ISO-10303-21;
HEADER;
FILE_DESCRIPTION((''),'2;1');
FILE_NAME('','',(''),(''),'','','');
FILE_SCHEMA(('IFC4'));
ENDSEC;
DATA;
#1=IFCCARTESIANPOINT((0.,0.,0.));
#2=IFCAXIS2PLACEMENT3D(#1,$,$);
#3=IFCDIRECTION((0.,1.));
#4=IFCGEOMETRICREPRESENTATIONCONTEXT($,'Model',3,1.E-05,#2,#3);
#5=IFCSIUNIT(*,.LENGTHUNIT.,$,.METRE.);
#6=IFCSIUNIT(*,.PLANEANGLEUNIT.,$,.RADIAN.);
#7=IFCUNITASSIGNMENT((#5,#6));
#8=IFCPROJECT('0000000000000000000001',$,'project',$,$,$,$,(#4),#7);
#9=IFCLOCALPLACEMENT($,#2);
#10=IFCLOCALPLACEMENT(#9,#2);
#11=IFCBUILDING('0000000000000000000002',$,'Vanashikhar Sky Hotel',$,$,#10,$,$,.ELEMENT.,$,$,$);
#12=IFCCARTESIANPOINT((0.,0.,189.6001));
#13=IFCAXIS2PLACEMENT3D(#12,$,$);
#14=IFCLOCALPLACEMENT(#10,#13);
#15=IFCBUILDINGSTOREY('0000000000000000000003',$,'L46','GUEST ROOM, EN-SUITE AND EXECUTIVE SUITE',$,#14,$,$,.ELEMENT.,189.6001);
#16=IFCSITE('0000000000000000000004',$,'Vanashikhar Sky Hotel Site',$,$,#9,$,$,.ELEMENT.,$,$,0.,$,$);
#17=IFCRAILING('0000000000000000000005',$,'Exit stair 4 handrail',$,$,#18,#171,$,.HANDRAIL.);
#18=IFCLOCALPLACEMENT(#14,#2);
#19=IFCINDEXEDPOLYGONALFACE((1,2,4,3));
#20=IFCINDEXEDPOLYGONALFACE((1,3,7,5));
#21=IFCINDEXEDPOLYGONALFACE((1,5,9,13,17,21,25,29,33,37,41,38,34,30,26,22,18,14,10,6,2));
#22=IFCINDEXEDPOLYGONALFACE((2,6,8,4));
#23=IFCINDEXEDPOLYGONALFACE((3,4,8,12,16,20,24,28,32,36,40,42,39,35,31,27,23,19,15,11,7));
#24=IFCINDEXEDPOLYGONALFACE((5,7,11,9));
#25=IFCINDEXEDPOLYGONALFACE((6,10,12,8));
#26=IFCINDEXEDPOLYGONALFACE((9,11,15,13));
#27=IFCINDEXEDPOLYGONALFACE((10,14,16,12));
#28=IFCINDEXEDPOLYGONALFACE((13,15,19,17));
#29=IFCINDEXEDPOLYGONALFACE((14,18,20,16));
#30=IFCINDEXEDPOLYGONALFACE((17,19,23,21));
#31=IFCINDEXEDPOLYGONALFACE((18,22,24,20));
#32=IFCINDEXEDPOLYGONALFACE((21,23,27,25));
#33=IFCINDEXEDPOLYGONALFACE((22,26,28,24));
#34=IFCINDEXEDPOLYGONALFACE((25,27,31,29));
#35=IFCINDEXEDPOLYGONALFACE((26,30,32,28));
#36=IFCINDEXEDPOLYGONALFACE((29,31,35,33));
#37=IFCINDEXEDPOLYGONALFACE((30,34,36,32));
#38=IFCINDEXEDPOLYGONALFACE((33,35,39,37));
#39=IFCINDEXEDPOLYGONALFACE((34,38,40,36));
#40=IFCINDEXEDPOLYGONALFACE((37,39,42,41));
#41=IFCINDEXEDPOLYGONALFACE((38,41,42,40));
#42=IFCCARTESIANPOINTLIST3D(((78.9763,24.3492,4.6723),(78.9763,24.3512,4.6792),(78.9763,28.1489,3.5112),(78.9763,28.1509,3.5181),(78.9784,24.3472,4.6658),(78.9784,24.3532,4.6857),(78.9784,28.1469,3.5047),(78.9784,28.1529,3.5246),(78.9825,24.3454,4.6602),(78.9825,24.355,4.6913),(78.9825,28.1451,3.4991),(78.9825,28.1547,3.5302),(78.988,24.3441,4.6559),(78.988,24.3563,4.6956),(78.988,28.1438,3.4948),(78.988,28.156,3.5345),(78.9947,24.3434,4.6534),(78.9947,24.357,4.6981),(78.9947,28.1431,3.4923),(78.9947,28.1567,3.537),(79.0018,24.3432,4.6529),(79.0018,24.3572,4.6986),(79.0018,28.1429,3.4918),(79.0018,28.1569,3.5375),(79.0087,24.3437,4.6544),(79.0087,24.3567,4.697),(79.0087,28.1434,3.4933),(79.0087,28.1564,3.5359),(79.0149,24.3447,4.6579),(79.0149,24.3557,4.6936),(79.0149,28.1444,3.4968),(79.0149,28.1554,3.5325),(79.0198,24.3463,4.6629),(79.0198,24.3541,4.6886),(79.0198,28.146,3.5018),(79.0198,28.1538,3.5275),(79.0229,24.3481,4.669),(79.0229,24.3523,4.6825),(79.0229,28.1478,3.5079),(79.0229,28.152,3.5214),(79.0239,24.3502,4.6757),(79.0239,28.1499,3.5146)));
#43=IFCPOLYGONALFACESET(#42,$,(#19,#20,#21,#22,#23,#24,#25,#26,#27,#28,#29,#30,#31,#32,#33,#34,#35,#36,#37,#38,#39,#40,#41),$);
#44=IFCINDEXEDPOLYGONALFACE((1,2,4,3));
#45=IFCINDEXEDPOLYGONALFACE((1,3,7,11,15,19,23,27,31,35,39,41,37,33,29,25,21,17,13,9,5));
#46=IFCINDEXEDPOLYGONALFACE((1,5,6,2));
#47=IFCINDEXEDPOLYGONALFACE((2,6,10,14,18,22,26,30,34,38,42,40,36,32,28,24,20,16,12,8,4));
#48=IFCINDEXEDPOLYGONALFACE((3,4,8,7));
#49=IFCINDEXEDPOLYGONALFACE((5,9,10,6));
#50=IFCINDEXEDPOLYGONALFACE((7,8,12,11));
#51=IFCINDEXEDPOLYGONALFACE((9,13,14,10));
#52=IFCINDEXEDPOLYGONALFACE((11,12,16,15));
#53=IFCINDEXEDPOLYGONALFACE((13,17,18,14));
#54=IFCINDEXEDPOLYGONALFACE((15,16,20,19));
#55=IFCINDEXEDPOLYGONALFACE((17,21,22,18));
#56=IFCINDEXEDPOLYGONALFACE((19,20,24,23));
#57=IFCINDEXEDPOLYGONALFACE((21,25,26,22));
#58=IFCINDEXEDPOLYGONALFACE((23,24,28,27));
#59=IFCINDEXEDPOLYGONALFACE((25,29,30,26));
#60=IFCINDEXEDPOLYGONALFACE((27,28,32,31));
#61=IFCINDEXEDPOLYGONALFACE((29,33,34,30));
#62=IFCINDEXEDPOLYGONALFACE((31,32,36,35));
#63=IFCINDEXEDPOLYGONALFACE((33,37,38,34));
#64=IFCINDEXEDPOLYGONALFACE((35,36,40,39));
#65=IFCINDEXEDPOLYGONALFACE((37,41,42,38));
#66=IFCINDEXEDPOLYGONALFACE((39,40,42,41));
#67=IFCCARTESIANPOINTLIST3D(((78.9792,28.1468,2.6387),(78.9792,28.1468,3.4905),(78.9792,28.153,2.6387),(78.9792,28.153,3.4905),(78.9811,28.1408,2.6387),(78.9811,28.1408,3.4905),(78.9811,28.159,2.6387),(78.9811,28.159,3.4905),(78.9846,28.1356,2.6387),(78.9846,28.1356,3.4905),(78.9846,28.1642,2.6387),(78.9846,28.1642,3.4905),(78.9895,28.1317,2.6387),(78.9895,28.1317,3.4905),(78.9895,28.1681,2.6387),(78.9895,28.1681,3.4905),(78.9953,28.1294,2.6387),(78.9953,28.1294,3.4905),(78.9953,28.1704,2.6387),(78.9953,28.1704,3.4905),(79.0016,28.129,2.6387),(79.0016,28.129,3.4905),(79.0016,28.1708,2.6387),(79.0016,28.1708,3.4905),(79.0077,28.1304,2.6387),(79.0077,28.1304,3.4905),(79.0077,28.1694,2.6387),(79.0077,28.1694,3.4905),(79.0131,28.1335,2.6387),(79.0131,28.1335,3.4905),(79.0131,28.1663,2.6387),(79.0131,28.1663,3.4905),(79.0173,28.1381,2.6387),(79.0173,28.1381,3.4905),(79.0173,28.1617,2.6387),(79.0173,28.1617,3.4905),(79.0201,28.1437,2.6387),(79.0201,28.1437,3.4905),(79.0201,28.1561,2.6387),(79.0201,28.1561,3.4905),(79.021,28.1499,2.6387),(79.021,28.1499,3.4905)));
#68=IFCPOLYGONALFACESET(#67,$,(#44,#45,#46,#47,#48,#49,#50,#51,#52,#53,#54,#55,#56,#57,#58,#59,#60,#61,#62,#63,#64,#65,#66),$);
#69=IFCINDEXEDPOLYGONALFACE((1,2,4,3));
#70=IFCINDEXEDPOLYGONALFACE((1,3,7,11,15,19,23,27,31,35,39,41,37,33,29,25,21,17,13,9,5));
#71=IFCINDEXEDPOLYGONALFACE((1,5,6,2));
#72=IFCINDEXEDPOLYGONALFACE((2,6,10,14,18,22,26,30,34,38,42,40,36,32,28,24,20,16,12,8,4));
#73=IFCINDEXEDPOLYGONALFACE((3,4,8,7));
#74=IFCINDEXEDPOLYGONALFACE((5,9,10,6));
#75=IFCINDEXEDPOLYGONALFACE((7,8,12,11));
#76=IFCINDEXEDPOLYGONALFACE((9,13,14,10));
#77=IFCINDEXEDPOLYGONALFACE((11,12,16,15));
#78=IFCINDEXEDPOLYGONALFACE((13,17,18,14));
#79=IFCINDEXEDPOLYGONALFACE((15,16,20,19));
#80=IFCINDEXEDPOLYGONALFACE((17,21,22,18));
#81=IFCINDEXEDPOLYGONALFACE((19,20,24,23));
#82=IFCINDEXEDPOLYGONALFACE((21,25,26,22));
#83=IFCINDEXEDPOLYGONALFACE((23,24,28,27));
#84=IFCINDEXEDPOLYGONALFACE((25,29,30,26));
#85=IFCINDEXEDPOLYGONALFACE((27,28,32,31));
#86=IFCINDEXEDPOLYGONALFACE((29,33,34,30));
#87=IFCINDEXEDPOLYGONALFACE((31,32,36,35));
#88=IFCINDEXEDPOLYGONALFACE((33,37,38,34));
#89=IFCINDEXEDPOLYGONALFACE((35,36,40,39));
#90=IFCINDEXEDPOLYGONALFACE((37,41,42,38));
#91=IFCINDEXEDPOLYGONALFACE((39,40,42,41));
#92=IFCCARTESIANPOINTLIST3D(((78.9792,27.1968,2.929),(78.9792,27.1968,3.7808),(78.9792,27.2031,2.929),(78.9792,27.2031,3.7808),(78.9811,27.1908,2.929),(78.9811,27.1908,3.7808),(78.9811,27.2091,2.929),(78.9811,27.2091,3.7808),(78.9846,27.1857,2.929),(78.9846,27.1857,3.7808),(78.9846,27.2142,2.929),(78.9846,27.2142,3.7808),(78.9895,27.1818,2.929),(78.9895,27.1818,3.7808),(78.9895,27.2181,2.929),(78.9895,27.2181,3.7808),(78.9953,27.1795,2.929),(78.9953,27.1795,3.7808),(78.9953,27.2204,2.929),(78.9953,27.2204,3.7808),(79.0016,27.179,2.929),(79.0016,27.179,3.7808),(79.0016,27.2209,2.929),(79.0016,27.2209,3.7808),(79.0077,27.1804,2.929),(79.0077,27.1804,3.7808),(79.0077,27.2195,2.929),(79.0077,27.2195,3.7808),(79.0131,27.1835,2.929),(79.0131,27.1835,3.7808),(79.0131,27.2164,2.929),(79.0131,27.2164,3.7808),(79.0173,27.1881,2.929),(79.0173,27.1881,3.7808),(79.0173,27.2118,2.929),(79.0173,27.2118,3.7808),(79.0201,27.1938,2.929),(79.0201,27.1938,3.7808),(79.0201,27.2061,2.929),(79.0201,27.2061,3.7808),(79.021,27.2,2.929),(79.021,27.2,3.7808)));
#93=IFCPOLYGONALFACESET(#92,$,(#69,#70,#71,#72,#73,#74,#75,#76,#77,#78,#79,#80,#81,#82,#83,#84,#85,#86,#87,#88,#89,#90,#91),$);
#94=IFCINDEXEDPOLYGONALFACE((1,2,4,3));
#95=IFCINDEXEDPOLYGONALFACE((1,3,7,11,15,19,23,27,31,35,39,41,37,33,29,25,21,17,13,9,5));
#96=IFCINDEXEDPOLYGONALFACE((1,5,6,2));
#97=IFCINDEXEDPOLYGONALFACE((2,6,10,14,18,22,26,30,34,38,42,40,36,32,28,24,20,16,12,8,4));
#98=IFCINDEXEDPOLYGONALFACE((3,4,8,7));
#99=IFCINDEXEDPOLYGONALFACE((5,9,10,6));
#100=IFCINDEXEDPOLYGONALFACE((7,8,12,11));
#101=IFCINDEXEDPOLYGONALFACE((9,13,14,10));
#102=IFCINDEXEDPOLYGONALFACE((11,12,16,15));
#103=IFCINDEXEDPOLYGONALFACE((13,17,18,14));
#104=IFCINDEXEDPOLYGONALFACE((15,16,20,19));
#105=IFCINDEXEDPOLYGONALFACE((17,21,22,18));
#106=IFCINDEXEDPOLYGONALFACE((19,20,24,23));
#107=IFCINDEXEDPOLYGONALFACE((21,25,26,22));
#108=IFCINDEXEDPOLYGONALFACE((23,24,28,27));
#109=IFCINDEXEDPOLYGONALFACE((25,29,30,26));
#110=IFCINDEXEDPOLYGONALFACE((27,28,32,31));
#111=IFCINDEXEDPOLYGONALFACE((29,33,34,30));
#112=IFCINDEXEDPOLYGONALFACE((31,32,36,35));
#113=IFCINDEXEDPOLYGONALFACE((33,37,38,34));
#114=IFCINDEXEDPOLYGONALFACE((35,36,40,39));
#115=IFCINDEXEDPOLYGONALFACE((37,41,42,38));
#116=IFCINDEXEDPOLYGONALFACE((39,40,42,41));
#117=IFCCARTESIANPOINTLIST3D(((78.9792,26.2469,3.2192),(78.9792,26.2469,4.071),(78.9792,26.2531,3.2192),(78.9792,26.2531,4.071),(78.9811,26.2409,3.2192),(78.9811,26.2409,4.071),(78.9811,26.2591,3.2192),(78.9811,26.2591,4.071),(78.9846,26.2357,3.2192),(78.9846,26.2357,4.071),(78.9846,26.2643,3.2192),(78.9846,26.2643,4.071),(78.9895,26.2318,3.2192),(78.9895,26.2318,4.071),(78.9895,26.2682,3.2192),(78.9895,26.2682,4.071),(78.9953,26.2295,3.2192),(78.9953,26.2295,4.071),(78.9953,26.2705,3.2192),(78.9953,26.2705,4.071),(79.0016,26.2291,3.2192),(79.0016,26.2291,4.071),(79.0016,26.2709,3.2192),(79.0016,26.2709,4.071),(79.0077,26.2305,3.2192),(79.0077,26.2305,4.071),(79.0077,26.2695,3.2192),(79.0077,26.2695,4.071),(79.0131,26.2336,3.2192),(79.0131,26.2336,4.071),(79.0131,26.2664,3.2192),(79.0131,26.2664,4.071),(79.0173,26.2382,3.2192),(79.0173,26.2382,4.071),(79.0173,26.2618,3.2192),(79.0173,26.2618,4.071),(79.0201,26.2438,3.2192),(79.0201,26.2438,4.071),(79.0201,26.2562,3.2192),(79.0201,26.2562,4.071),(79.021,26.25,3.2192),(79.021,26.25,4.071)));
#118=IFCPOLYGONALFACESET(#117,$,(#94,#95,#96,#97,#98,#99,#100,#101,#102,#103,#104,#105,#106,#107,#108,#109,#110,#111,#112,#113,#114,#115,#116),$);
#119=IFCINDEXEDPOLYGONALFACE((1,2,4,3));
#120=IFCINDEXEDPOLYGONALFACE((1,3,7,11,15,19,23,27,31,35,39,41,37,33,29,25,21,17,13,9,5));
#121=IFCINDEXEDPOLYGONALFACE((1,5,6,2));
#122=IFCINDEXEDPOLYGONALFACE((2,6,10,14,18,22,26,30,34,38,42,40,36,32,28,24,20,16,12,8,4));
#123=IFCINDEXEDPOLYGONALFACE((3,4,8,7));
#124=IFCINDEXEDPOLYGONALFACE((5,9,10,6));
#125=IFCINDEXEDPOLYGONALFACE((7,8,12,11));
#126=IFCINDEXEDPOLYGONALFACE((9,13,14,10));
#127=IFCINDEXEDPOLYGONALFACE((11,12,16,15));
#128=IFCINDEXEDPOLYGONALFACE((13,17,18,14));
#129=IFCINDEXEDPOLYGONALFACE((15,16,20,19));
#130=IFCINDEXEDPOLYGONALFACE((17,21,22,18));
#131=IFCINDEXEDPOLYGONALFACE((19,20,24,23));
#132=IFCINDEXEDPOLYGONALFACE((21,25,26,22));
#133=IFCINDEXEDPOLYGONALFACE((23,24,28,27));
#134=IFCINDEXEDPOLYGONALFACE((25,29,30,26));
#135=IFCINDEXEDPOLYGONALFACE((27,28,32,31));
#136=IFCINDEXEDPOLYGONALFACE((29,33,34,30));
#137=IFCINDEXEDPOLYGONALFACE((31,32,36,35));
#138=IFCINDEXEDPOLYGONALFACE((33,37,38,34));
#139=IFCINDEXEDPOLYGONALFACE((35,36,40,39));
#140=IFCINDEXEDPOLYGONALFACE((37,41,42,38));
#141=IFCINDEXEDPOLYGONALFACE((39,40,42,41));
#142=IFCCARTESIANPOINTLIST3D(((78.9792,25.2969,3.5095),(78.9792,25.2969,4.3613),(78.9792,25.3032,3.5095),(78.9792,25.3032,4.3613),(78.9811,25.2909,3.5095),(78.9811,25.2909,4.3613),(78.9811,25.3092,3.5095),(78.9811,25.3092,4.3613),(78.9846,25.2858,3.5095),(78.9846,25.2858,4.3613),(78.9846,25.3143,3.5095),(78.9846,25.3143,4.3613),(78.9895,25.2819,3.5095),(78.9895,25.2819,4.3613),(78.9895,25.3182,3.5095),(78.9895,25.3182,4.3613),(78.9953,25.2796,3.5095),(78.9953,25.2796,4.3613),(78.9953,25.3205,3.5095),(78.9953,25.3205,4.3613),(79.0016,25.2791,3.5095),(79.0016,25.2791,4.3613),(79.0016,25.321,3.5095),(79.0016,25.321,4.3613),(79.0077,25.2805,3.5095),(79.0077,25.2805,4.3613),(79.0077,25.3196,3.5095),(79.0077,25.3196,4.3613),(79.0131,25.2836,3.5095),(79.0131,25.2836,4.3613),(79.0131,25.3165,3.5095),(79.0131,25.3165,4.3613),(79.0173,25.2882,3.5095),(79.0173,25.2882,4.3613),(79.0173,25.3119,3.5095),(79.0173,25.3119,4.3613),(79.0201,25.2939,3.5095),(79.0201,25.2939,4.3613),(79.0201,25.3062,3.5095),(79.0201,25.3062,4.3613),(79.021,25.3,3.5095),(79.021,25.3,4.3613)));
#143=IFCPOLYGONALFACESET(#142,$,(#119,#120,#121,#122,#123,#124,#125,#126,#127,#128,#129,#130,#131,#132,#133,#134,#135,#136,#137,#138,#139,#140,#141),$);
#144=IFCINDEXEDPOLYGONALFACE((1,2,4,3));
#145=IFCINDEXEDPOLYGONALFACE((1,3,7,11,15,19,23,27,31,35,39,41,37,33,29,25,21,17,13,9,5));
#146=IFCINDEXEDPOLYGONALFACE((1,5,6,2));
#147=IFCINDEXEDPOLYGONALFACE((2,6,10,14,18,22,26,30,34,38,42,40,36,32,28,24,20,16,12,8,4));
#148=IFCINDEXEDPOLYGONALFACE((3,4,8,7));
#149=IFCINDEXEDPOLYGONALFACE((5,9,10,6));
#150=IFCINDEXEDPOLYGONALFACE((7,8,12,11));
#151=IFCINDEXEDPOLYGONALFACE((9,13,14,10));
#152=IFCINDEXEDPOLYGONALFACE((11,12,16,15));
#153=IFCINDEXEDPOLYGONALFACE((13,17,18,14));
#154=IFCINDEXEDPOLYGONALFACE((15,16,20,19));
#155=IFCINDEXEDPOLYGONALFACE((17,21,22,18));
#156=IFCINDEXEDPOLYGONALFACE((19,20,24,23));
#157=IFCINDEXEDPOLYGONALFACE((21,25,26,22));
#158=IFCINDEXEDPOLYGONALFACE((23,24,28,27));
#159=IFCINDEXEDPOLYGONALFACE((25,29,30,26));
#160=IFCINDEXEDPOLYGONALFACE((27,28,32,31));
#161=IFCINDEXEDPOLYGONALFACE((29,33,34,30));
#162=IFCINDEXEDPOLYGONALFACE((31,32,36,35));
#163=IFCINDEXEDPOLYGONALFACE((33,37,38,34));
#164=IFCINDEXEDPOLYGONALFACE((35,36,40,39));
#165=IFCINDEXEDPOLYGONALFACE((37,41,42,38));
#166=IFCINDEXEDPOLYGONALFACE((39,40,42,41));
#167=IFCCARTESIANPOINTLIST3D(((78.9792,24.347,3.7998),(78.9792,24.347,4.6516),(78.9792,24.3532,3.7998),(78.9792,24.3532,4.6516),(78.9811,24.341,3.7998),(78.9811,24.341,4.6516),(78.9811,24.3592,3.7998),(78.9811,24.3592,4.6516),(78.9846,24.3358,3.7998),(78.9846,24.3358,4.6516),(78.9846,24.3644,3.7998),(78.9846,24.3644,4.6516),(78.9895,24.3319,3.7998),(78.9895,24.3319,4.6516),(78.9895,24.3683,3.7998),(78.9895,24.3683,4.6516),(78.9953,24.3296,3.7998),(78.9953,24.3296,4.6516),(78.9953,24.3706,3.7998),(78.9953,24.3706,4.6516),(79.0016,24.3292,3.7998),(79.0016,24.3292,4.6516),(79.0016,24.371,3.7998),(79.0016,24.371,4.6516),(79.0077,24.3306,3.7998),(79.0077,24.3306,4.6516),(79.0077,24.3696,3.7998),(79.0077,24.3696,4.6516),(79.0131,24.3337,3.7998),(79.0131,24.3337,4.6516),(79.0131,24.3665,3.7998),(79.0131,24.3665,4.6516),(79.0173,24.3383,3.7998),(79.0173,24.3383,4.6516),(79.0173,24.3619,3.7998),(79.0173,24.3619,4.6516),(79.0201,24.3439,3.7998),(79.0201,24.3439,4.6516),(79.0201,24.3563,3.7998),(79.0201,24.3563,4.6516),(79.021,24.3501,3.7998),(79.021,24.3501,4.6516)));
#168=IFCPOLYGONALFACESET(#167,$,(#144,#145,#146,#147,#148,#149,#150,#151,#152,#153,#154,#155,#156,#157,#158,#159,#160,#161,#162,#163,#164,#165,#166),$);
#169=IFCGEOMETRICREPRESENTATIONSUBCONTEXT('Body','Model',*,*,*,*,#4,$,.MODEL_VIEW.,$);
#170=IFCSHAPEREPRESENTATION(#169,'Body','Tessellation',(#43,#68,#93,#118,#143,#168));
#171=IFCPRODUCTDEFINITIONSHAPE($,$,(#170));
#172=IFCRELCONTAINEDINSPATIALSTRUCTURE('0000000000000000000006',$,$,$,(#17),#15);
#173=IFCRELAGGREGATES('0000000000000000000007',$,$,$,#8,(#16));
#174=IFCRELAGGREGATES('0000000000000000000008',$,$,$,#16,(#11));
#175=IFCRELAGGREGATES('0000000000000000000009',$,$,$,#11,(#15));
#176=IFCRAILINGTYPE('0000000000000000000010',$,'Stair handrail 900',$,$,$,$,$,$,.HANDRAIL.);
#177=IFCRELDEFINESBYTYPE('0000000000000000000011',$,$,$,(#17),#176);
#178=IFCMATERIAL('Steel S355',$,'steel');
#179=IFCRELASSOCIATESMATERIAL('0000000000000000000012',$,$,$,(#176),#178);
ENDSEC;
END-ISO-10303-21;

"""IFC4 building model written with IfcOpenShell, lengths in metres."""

from ifc_helpers import new_model, si_unit, direction, frame, origin, origin_2d, place, context, subcontext, project, spatial, circle, extrude, source, transform, mapped, material, type_object, element, save


model = new_model("IFC4")

# Units and contexts
model_context = context("Model", 3, precision=1e-05, world=origin(), true_north=direction((0.0, 1.0)))
body_context = subcontext(model_context, "Body", "Model", "MODEL_VIEW")
ifc_project = project(units=[si_unit("LENGTHUNIT", "METRE"), si_unit("PLANEANGLEUNIT", "RADIAN")], contexts=[model_context])

# Site, building, storey
site_placement = place(None, origin())
site = spatial("IfcSite", under=ifc_project, at=site_placement, Name="Vanashikhar Sky Hotel Site", CompositionType="ELEMENT", RefElevation=0.0)
building_placement = place(site_placement, origin())
building = spatial("IfcBuilding", under=site, at=building_placement, Name="Vanashikhar Sky Hotel", CompositionType="ELEMENT")
storey_placement = place(building_placement, frame((0.0, 0.0, 189.6001)))
storey = spatial("IfcBuildingStorey", under=building, at=storey_placement, Name="L46", Description="GUEST ROOM, EN-SUITE AND EXECUTIVE SUITE", CompositionType="ELEMENT", Elevation=189.6001)

# Railing
ifc_material_1 = material(Name="Steel S355", Category="steel")
railing_type_1 = type_object("IfcRailingType", Name="Stair handrail 900", PredefinedType="HANDRAIL", material=ifc_material_1)
shared_shape_1 = source(origin(), body_context, "Body", "SweptSolid", [
    extrude(circle(Radius=0.0239, at=origin_2d()), frame((0.0, 0.0, 0.876), z_axis=(0.0, -0.956346, 0.292237), x_axis=(1.0, 0.0, 0.0)), (0.0, 0.0, 1.0), 3.9731),
    extrude(circle(Radius=0.021, at=origin_2d()), origin(), (0.0, 0.0, 1.0), 0.8518),
    extrude(circle(Radius=0.021, at=origin_2d()), frame((0.0, -0.95, 0.2903)), (0.0, 0.0, 1.0), 0.8518),
    extrude(circle(Radius=0.021, at=origin_2d()), frame((0.0, -1.8999, 0.5806)), (0.0, 0.0, 1.0), 0.8518),
    extrude(circle(Radius=0.021, at=origin_2d()), frame((0.0, -2.8499, 0.8708)), (0.0, 0.0, 1.0), 0.8518),
    extrude(circle(Radius=0.021, at=origin_2d()), frame((0.0, -3.7998, 1.1611)), (0.0, 0.0, 1.0), 0.8518),
])
for number, where, name in (
    (1, (79.0, 28.1499, 2.6387), "Exit stair 4 handrail"),
):
    element("IfcRailing", number, at=place(storey_placement, frame(where)), inside=storey, type_object=railing_type_1, Name=name, PredefinedType="HANDRAIL", context=body_context, shape_type="MappedRepresentation", body=[
        mapped(shared_shape_1, transform((0.0, 0.0, 0.0), scale=1.0)),
    ])

save(model, "model.ifc")
